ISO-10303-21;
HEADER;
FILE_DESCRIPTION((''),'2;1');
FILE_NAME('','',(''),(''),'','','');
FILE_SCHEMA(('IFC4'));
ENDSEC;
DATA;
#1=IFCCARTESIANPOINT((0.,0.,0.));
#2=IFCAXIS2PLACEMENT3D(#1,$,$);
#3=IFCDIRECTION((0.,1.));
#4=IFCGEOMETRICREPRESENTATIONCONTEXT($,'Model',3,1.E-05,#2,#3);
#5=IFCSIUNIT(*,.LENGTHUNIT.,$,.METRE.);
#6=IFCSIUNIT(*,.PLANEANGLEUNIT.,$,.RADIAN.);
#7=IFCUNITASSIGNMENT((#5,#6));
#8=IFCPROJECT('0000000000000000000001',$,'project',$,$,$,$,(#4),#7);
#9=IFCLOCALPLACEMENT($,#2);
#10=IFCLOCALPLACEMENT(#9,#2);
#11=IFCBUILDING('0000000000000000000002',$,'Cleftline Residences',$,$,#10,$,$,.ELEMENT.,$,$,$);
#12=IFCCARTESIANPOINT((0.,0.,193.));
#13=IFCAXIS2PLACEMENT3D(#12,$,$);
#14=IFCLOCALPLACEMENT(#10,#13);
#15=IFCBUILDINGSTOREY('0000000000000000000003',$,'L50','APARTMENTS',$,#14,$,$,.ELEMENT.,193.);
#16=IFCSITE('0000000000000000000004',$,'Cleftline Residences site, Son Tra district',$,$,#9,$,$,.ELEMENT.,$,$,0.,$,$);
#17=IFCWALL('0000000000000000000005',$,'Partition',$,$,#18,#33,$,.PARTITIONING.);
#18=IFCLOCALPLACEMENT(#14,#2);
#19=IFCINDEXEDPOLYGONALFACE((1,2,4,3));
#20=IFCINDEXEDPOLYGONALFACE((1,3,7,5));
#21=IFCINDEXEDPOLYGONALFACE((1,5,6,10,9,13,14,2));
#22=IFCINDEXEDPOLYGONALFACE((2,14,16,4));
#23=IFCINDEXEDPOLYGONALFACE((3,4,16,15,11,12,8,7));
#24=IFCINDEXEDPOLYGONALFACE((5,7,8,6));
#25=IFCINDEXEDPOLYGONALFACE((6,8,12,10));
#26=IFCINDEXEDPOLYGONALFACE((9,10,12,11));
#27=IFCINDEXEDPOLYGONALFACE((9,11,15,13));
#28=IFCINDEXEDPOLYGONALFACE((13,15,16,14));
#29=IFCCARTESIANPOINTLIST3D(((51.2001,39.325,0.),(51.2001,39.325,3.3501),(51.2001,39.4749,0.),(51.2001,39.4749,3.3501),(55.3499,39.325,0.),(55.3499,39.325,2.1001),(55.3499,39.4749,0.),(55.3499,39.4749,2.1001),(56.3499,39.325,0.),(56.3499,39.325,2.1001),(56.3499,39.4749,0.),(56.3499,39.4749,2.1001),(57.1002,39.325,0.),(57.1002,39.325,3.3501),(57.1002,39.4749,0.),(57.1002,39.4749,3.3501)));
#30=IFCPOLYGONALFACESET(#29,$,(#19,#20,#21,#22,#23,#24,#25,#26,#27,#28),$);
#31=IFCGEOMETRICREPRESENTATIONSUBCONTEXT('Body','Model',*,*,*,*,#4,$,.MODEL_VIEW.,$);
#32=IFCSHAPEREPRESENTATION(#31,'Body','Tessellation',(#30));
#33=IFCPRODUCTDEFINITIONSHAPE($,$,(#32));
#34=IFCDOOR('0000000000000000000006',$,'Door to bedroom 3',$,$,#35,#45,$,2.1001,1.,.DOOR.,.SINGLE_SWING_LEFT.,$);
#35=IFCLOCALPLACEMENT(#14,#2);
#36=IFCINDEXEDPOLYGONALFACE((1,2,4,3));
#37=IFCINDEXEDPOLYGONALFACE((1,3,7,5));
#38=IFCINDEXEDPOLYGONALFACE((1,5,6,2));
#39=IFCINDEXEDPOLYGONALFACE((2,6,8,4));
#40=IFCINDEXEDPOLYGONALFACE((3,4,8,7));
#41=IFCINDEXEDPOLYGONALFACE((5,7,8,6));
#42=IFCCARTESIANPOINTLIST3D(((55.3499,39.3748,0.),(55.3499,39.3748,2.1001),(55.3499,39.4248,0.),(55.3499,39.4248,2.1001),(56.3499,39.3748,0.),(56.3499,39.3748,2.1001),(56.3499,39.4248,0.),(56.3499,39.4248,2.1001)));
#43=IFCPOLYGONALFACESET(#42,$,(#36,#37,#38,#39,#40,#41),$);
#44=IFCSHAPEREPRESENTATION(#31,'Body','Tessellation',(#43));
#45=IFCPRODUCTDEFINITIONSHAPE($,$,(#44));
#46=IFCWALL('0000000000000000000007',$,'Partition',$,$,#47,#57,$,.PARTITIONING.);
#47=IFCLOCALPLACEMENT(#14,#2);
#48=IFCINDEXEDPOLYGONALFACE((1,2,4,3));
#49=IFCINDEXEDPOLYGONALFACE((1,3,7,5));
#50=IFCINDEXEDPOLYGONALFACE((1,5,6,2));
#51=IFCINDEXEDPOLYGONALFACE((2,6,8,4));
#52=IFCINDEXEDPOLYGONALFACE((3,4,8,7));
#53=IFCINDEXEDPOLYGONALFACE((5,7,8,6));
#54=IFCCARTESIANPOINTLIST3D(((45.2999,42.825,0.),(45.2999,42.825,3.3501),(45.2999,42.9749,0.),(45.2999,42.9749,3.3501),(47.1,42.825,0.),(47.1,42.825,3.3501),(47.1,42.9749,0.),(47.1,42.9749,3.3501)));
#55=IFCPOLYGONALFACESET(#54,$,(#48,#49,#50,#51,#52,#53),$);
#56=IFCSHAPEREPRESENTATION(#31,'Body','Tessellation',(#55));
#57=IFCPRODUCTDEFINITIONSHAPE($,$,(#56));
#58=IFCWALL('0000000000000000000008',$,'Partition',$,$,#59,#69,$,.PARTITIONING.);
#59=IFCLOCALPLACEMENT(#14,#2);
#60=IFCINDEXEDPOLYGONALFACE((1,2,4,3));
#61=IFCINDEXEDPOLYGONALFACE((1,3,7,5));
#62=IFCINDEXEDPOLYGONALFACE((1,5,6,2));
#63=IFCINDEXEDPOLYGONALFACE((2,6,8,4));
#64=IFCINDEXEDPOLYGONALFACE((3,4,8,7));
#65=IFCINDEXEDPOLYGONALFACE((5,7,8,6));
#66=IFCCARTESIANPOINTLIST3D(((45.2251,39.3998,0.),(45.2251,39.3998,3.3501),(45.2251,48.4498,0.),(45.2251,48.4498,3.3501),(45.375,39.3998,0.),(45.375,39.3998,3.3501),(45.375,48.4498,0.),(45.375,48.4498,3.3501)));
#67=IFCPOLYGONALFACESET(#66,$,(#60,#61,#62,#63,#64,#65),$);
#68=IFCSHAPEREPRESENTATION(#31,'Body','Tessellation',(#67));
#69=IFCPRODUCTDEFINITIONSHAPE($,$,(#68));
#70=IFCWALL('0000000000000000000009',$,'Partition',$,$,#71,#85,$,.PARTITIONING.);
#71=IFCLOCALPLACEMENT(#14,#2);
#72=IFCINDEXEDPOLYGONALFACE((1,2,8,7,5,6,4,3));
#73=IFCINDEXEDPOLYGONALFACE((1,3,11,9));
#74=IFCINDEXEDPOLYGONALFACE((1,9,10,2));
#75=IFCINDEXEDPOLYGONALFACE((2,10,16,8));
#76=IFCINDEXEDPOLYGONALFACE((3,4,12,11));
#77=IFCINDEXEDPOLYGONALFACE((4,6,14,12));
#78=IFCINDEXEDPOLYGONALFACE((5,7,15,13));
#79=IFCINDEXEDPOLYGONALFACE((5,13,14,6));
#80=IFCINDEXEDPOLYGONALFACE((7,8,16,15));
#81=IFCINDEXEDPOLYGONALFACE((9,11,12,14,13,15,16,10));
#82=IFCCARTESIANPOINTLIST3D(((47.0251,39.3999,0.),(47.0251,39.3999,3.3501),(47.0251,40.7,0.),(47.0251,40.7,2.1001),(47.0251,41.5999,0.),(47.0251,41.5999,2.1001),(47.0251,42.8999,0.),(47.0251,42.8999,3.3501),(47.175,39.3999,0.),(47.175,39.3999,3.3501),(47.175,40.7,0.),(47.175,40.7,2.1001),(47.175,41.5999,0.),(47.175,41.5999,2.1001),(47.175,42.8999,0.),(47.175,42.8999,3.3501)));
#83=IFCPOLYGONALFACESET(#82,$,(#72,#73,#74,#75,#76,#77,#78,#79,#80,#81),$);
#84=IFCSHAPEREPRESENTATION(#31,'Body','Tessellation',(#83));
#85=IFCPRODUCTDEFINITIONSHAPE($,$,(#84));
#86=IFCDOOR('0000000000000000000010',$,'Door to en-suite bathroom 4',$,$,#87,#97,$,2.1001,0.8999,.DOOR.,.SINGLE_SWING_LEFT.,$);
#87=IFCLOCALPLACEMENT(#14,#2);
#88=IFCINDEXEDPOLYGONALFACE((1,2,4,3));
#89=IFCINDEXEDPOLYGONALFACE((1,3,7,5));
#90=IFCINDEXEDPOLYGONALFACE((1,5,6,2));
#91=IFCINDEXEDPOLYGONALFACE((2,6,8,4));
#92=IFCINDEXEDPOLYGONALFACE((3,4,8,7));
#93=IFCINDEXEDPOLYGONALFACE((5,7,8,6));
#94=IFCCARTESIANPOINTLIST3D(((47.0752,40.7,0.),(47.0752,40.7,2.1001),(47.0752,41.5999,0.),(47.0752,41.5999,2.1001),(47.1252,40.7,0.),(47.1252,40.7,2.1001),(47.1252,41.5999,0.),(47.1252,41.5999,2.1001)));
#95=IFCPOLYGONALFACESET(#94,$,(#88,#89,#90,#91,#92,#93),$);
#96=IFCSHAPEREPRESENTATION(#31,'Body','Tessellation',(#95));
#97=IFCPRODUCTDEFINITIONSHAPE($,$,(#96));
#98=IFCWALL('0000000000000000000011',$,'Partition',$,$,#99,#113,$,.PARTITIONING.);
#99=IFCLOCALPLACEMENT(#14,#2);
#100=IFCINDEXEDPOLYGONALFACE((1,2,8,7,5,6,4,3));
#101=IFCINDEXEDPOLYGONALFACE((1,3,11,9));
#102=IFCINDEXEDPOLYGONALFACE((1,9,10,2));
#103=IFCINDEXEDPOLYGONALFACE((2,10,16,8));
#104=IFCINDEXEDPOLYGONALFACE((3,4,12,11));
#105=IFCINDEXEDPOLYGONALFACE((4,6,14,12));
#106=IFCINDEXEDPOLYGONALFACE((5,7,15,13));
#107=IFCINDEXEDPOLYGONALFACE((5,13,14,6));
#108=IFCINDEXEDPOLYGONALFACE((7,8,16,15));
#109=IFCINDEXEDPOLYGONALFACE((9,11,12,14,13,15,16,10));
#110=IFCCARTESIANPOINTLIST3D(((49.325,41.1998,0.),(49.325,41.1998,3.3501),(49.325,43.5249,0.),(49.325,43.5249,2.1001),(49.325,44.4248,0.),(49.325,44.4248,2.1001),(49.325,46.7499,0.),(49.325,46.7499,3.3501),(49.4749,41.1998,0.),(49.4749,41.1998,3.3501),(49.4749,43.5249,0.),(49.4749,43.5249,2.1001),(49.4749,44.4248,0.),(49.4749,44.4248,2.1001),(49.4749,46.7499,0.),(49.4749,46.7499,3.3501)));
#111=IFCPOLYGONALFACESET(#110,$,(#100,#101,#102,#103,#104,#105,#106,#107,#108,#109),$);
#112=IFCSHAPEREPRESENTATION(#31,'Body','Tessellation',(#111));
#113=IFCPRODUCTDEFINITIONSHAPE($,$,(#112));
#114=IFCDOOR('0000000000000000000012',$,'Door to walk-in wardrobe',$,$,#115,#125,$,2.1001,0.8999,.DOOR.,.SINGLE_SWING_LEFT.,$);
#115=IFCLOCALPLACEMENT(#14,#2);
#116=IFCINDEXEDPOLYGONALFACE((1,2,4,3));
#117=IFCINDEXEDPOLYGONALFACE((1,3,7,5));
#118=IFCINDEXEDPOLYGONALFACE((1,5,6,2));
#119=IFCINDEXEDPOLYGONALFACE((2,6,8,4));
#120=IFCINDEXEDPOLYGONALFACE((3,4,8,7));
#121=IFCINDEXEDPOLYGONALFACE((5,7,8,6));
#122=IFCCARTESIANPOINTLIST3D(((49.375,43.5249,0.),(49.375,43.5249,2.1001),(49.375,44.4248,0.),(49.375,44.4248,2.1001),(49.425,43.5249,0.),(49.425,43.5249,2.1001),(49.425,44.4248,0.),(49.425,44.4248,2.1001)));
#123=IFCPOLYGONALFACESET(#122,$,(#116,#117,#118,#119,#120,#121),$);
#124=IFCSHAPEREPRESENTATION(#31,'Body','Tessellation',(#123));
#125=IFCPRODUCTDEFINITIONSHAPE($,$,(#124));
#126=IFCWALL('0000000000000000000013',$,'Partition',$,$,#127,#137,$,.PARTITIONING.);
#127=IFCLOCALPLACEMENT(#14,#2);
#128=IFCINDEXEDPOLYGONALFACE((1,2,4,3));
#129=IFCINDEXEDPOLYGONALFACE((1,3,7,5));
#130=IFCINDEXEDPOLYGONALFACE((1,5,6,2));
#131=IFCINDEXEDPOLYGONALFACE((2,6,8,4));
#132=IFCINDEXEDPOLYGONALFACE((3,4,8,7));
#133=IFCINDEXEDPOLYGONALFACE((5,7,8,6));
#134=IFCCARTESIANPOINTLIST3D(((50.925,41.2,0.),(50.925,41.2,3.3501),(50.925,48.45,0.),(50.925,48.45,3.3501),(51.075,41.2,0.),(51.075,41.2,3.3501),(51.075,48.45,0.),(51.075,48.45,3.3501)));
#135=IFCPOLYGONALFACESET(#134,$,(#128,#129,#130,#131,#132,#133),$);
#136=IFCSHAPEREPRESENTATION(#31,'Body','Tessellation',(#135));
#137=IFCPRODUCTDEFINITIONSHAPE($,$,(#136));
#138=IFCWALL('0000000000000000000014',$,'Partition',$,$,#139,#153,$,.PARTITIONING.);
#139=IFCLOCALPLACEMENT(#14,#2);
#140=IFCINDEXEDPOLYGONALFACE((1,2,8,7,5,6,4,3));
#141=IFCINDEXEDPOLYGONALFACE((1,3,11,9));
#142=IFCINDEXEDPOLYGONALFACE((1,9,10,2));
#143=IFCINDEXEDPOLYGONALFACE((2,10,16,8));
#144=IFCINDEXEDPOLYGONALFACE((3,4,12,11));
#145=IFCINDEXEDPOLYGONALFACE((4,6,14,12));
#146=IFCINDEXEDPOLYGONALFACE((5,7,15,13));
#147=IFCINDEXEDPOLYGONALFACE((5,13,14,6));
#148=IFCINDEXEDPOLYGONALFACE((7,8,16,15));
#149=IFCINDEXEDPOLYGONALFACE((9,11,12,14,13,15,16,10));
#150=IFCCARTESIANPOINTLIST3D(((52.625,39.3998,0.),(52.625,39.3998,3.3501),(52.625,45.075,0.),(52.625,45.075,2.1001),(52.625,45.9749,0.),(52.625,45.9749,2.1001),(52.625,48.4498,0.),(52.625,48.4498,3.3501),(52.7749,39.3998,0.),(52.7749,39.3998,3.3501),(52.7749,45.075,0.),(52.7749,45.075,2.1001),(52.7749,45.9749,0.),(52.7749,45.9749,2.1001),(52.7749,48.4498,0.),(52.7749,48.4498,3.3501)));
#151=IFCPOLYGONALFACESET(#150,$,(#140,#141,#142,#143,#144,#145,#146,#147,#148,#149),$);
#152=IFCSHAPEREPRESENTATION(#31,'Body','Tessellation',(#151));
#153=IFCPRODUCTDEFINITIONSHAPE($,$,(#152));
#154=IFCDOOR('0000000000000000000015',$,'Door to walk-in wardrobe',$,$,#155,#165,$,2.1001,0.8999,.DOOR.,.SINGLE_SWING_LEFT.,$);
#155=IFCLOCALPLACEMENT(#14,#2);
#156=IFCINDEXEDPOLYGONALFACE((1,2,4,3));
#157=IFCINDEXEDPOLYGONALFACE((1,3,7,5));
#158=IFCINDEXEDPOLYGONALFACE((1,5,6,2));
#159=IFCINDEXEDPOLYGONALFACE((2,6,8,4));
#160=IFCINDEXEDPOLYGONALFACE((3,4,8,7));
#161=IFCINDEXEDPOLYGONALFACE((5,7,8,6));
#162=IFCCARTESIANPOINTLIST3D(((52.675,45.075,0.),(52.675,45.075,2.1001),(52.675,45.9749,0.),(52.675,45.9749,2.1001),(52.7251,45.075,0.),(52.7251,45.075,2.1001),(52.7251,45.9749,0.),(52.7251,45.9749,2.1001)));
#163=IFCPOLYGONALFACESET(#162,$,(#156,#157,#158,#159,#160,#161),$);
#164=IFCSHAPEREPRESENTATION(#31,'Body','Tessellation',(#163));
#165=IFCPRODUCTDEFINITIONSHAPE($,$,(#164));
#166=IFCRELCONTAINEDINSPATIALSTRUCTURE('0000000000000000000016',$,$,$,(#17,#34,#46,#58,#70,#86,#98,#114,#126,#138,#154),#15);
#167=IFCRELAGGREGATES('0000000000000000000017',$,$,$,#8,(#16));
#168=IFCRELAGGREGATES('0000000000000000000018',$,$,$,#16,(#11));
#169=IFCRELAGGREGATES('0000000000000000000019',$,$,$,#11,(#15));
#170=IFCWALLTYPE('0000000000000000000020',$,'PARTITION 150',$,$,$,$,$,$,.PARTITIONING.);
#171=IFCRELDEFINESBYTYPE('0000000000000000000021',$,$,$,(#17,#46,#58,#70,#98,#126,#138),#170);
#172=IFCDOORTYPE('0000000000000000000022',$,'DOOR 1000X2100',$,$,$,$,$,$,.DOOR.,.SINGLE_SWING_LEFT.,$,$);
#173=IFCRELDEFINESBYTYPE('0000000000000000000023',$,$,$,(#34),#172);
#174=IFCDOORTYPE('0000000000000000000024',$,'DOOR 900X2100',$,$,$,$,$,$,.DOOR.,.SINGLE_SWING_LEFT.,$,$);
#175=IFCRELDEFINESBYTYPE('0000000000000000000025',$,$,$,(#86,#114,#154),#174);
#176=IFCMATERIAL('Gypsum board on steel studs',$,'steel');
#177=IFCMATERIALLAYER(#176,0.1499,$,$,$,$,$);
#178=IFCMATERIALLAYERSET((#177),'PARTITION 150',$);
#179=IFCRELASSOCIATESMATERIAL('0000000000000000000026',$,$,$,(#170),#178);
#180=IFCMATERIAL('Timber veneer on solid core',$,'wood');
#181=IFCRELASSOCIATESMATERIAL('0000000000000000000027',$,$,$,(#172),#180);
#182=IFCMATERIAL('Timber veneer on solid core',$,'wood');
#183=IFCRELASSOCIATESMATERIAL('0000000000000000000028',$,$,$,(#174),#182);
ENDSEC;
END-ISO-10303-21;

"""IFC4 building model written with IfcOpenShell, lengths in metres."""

from ifc_helpers import new_model, si_unit, direction, frame, frame_2d, origin, place, context, subcontext, project, spatial, rectangle, extrude, material, layer, layer_set, type_object, element, fill, save


model = new_model("IFC4")

# Units and contexts
model_context = context("Model", 3, precision=1e-05, world=origin(), true_north=direction((0.0, 1.0)))
body_context = subcontext(model_context, "Body", "Model", "MODEL_VIEW")
ifc_project = project(units=[si_unit("LENGTHUNIT", "METRE"), si_unit("PLANEANGLEUNIT", "RADIAN")], contexts=[model_context])

# Site, building, storey
site_placement = place(None, origin())
site = spatial("IfcSite", under=ifc_project, at=site_placement, Name="Cleftline Residences site, Son Tra district", CompositionType="ELEMENT", RefElevation=0.0)
building_placement = place(site_placement, origin())
building = spatial("IfcBuilding", under=site, at=building_placement, Name="Cleftline Residences", CompositionType="ELEMENT")
storey_placement = place(building_placement, frame((0.0, 0.0, 193.0)))
storey = spatial("IfcBuildingStorey", under=building, at=storey_placement, Name="L50", Description="APARTMENTS", CompositionType="ELEMENT", Elevation=193.0)

# Shared definitions
ifc_material_1 = material(Name="Gypsum board on steel studs", Category="steel")
ifc_layer_1 = layer(ifc_material_1, 0.1499)
ifc_layer_set_1 = layer_set([ifc_layer_1], Name="PARTITION 150")
wall_type = type_object("IfcWallType", Name="PARTITION 150", PredefinedType="PARTITIONING", material=ifc_layer_set_1)
ifc_material_2 = material(Name="Timber veneer on solid core", Category="wood")
door_type_1 = type_object("IfcDoorType", Name="DOOR 1000X2100", OperationType="SINGLE_SWING_LEFT", PredefinedType="DOOR", material=ifc_material_2)

# Wall, opening, door
wall_1_placement = place(storey_placement, frame((51.2, 39.3999, 0.0), z_axis=(0.0, 0.0, 1.0), x_axis=(1.0, 0.0, 0.0)))
wall_1 = element("IfcWall", 1, at=wall_1_placement, inside=storey, type_object=wall_type, Name="Partition", PredefinedType="PARTITIONING", context=body_context, shape_type="SweptSolid", body=[
    extrude(rectangle(XDim=5.9001, YDim=0.1499, at=frame_2d((2.9502, 0.0))), origin(), (0.0, 0.0, 1.0), 3.3501),
])
opening_1_placement = place(wall_1_placement, frame((4.1499, 0.0, 0.0)))
opening_1 = element("IfcOpeningElement", 2, at=opening_1_placement, cuts=wall_1, PredefinedType="OPENING", context=body_context, shape_type="SweptSolid", body=[
    extrude(rectangle(XDim=1.0, YDim=2.1001, at=frame_2d((0.5, 1.05))), frame((0.0, 0.085, 0.0), z_axis=(0.0, -1.0, 0.0), x_axis=(1.0, 0.0, 0.0)), (0.0, 0.0, 1.0), 0.1699),
])
door_1_placement = place(opening_1_placement, origin())
door_1 = element("IfcDoor", 3, at=door_1_placement, inside=storey, type_object=door_type_1, Name="Door to bedroom 3", OperationType="SINGLE_SWING_LEFT", OverallHeight=2.1001, OverallWidth=1.0, PredefinedType="DOOR", context=body_context, shape_type="SweptSolid", body=[
    extrude(rectangle(XDim=1.0, YDim=2.1001, at=frame_2d((0.5, 1.05))), frame((0.0, 0.0249, 0.0), z_axis=(0.0, -1.0, 0.0), x_axis=(1.0, 0.0, 0.0)), (0.0, 0.0, 1.0), 0.05),
])
fill(opening_1, door_1)

# Walls
wall_2_placement = place(storey_placement, frame((45.3, 42.8999, 0.0), z_axis=(0.0, 0.0, 1.0), x_axis=(1.0, 0.0, 0.0)))
element("IfcWall", 4, at=wall_2_placement, inside=storey, type_object=wall_type, Name="Partition", PredefinedType="PARTITIONING", context=body_context, shape_type="SweptSolid", body=[
    extrude(rectangle(XDim=1.8, YDim=0.1499, at=frame_2d((0.8999, 0.0))), origin(), (0.0, 0.0, 1.0), 3.3501),
])
wall_3_placement = place(storey_placement, frame((45.3, 39.3999, 0.0), z_axis=(0.0, 0.0, 1.0), x_axis=(0.0, 1.0, 0.0)))
element("IfcWall", 5, at=wall_3_placement, inside=storey, type_object=wall_type, Name="Partition", PredefinedType="PARTITIONING", context=body_context, shape_type="SweptSolid", body=[
    extrude(rectangle(XDim=9.05, YDim=0.1499, at=frame_2d((4.5249, 0.0))), origin(), (0.0, 0.0, 1.0), 3.3501),
])

# Walls, openings, doors
wall_4_placement = place(storey_placement, frame((47.1001, 39.3999, 0.0), z_axis=(0.0, 0.0, 1.0), x_axis=(0.0, 1.0, 0.0)))
wall_4 = element("IfcWall", 6, at=wall_4_placement, inside=storey, type_object=wall_type, Name="Partition", PredefinedType="PARTITIONING", context=body_context, shape_type="SweptSolid", body=[
    extrude(rectangle(XDim=3.5, YDim=0.1499, at=frame_2d((1.75, 0.0))), origin(), (0.0, 0.0, 1.0), 3.3501),
])
opening_2_placement = place(wall_4_placement, frame((1.3, 0.0, 0.0)))
opening_2 = element("IfcOpeningElement", 7, at=opening_2_placement, cuts=wall_4, PredefinedType="OPENING", context=body_context, shape_type="SweptSolid", body=[
    extrude(rectangle(XDim=0.8999, YDim=2.1001, at=frame_2d((0.45, 1.05))), frame((0.0, 0.085, 0.0), z_axis=(0.0, -1.0, 0.0), x_axis=(1.0, 0.0, 0.0)), (0.0, 0.0, 1.0), 0.1699),
])
ifc_material_3 = material(Name="Timber veneer on solid core", Category="wood")
door_type_2 = type_object("IfcDoorType", Name="DOOR 900X2100", OperationType="SINGLE_SWING_LEFT", PredefinedType="DOOR", material=ifc_material_3)
door_2_placement = place(opening_2_placement, origin())
door_2 = element("IfcDoor", 8, at=door_2_placement, inside=storey, type_object=door_type_2, Name="Door to en-suite bathroom 4", OperationType="SINGLE_SWING_LEFT", OverallHeight=2.1001, OverallWidth=0.8999, PredefinedType="DOOR", context=body_context, shape_type="SweptSolid", body=[
    extrude(rectangle(XDim=0.8999, YDim=2.1001, at=frame_2d((0.45, 1.05))), frame((0.0, 0.0249, 0.0), z_axis=(0.0, -1.0, 0.0), x_axis=(1.0, 0.0, 0.0)), (0.0, 0.0, 1.0), 0.05),
])
fill(opening_2, door_2)
wall_5_placement = place(storey_placement, frame((49.3999, 41.2, 0.0), z_axis=(0.0, 0.0, 1.0), x_axis=(0.0, 1.0, 0.0)))
wall_5 = element("IfcWall", 9, at=wall_5_placement, inside=storey, type_object=wall_type, Name="Partition", PredefinedType="PARTITIONING", context=body_context, shape_type="SweptSolid", body=[
    extrude(rectangle(XDim=5.55, YDim=0.1499, at=frame_2d((2.7749, 0.0))), origin(), (0.0, 0.0, 1.0), 3.3501),
])
opening_3_placement = place(wall_5_placement, frame((2.325, 0.0, 0.0)))
opening_3 = element("IfcOpeningElement", 10, at=opening_3_placement, cuts=wall_5, PredefinedType="OPENING", context=body_context, shape_type="SweptSolid", body=[
    extrude(rectangle(XDim=0.8999, YDim=2.1001, at=frame_2d((0.45, 1.05))), frame((0.0, 0.085, 0.0), z_axis=(0.0, -1.0, 0.0), x_axis=(1.0, 0.0, 0.0)), (0.0, 0.0, 1.0), 0.1699),
])
door_3_placement = place(opening_3_placement, origin())
door_3 = element("IfcDoor", 11, at=door_3_placement, inside=storey, type_object=door_type_2, Name="Door to walk-in wardrobe", OperationType="SINGLE_SWING_LEFT", OverallHeight=2.1001, OverallWidth=0.8999, PredefinedType="DOOR", context=body_context, shape_type="SweptSolid", body=[
    extrude(rectangle(XDim=0.8999, YDim=2.1001, at=frame_2d((0.45, 1.05))), frame((0.0, 0.0249, 0.0), z_axis=(0.0, -1.0, 0.0), x_axis=(1.0, 0.0, 0.0)), (0.0, 0.0, 1.0), 0.05),
])
fill(opening_3, door_3)

# Wall
wall_6_placement = place(storey_placement, frame((51.0, 41.2, 0.0), z_axis=(0.0, 0.0, 1.0), x_axis=(0.0, 1.0, 0.0)))
element("IfcWall", 12, at=wall_6_placement, inside=storey, type_object=wall_type, Name="Partition", PredefinedType="PARTITIONING", context=body_context, shape_type="SweptSolid", body=[
    extrude(rectangle(XDim=7.25, YDim=0.1499, at=frame_2d((3.625, 0.0))), origin(), (0.0, 0.0, 1.0), 3.3501),
])

# Wall, opening, door
wall_7_placement = place(storey_placement, frame((52.7, 39.3999, 0.0), z_axis=(0.0, 0.0, 1.0), x_axis=(0.0, 1.0, 0.0)))
wall_7 = element("IfcWall", 13, at=wall_7_placement, inside=storey, type_object=wall_type, Name="Partition", PredefinedType="PARTITIONING", context=body_context, shape_type="SweptSolid", body=[
    extrude(rectangle(XDim=9.05, YDim=0.1499, at=frame_2d((4.5249, 0.0))), origin(), (0.0, 0.0, 1.0), 3.3501),
])
opening_4_placement = place(wall_7_placement, frame((5.675, 0.0, 0.0)))
opening_4 = element("IfcOpeningElement", 14, at=opening_4_placement, cuts=wall_7, PredefinedType="OPENING", context=body_context, shape_type="SweptSolid", body=[
    extrude(rectangle(XDim=0.8999, YDim=2.1001, at=frame_2d((0.45, 1.05))), frame((0.0, 0.085, 0.0), z_axis=(0.0, -1.0, 0.0), x_axis=(1.0, 0.0, 0.0)), (0.0, 0.0, 1.0), 0.1699),
])
door_4_placement = place(opening_4_placement, origin())
door_4 = element("IfcDoor", 15, at=door_4_placement, inside=storey, type_object=door_type_2, Name="Door to walk-in wardrobe", OperationType="SINGLE_SWING_LEFT", OverallHeight=2.1001, OverallWidth=0.8999, PredefinedType="DOOR", context=body_context, shape_type="SweptSolid", body=[
    extrude(rectangle(XDim=0.8999, YDim=2.1001, at=frame_2d((0.45, 1.05))), frame((0.0, 0.0249, 0.0), z_axis=(0.0, -1.0, 0.0), x_axis=(1.0, 0.0, 0.0)), (0.0, 0.0, 1.0), 0.05),
])
fill(opening_4, door_4)

save(model, "model.ifc")
